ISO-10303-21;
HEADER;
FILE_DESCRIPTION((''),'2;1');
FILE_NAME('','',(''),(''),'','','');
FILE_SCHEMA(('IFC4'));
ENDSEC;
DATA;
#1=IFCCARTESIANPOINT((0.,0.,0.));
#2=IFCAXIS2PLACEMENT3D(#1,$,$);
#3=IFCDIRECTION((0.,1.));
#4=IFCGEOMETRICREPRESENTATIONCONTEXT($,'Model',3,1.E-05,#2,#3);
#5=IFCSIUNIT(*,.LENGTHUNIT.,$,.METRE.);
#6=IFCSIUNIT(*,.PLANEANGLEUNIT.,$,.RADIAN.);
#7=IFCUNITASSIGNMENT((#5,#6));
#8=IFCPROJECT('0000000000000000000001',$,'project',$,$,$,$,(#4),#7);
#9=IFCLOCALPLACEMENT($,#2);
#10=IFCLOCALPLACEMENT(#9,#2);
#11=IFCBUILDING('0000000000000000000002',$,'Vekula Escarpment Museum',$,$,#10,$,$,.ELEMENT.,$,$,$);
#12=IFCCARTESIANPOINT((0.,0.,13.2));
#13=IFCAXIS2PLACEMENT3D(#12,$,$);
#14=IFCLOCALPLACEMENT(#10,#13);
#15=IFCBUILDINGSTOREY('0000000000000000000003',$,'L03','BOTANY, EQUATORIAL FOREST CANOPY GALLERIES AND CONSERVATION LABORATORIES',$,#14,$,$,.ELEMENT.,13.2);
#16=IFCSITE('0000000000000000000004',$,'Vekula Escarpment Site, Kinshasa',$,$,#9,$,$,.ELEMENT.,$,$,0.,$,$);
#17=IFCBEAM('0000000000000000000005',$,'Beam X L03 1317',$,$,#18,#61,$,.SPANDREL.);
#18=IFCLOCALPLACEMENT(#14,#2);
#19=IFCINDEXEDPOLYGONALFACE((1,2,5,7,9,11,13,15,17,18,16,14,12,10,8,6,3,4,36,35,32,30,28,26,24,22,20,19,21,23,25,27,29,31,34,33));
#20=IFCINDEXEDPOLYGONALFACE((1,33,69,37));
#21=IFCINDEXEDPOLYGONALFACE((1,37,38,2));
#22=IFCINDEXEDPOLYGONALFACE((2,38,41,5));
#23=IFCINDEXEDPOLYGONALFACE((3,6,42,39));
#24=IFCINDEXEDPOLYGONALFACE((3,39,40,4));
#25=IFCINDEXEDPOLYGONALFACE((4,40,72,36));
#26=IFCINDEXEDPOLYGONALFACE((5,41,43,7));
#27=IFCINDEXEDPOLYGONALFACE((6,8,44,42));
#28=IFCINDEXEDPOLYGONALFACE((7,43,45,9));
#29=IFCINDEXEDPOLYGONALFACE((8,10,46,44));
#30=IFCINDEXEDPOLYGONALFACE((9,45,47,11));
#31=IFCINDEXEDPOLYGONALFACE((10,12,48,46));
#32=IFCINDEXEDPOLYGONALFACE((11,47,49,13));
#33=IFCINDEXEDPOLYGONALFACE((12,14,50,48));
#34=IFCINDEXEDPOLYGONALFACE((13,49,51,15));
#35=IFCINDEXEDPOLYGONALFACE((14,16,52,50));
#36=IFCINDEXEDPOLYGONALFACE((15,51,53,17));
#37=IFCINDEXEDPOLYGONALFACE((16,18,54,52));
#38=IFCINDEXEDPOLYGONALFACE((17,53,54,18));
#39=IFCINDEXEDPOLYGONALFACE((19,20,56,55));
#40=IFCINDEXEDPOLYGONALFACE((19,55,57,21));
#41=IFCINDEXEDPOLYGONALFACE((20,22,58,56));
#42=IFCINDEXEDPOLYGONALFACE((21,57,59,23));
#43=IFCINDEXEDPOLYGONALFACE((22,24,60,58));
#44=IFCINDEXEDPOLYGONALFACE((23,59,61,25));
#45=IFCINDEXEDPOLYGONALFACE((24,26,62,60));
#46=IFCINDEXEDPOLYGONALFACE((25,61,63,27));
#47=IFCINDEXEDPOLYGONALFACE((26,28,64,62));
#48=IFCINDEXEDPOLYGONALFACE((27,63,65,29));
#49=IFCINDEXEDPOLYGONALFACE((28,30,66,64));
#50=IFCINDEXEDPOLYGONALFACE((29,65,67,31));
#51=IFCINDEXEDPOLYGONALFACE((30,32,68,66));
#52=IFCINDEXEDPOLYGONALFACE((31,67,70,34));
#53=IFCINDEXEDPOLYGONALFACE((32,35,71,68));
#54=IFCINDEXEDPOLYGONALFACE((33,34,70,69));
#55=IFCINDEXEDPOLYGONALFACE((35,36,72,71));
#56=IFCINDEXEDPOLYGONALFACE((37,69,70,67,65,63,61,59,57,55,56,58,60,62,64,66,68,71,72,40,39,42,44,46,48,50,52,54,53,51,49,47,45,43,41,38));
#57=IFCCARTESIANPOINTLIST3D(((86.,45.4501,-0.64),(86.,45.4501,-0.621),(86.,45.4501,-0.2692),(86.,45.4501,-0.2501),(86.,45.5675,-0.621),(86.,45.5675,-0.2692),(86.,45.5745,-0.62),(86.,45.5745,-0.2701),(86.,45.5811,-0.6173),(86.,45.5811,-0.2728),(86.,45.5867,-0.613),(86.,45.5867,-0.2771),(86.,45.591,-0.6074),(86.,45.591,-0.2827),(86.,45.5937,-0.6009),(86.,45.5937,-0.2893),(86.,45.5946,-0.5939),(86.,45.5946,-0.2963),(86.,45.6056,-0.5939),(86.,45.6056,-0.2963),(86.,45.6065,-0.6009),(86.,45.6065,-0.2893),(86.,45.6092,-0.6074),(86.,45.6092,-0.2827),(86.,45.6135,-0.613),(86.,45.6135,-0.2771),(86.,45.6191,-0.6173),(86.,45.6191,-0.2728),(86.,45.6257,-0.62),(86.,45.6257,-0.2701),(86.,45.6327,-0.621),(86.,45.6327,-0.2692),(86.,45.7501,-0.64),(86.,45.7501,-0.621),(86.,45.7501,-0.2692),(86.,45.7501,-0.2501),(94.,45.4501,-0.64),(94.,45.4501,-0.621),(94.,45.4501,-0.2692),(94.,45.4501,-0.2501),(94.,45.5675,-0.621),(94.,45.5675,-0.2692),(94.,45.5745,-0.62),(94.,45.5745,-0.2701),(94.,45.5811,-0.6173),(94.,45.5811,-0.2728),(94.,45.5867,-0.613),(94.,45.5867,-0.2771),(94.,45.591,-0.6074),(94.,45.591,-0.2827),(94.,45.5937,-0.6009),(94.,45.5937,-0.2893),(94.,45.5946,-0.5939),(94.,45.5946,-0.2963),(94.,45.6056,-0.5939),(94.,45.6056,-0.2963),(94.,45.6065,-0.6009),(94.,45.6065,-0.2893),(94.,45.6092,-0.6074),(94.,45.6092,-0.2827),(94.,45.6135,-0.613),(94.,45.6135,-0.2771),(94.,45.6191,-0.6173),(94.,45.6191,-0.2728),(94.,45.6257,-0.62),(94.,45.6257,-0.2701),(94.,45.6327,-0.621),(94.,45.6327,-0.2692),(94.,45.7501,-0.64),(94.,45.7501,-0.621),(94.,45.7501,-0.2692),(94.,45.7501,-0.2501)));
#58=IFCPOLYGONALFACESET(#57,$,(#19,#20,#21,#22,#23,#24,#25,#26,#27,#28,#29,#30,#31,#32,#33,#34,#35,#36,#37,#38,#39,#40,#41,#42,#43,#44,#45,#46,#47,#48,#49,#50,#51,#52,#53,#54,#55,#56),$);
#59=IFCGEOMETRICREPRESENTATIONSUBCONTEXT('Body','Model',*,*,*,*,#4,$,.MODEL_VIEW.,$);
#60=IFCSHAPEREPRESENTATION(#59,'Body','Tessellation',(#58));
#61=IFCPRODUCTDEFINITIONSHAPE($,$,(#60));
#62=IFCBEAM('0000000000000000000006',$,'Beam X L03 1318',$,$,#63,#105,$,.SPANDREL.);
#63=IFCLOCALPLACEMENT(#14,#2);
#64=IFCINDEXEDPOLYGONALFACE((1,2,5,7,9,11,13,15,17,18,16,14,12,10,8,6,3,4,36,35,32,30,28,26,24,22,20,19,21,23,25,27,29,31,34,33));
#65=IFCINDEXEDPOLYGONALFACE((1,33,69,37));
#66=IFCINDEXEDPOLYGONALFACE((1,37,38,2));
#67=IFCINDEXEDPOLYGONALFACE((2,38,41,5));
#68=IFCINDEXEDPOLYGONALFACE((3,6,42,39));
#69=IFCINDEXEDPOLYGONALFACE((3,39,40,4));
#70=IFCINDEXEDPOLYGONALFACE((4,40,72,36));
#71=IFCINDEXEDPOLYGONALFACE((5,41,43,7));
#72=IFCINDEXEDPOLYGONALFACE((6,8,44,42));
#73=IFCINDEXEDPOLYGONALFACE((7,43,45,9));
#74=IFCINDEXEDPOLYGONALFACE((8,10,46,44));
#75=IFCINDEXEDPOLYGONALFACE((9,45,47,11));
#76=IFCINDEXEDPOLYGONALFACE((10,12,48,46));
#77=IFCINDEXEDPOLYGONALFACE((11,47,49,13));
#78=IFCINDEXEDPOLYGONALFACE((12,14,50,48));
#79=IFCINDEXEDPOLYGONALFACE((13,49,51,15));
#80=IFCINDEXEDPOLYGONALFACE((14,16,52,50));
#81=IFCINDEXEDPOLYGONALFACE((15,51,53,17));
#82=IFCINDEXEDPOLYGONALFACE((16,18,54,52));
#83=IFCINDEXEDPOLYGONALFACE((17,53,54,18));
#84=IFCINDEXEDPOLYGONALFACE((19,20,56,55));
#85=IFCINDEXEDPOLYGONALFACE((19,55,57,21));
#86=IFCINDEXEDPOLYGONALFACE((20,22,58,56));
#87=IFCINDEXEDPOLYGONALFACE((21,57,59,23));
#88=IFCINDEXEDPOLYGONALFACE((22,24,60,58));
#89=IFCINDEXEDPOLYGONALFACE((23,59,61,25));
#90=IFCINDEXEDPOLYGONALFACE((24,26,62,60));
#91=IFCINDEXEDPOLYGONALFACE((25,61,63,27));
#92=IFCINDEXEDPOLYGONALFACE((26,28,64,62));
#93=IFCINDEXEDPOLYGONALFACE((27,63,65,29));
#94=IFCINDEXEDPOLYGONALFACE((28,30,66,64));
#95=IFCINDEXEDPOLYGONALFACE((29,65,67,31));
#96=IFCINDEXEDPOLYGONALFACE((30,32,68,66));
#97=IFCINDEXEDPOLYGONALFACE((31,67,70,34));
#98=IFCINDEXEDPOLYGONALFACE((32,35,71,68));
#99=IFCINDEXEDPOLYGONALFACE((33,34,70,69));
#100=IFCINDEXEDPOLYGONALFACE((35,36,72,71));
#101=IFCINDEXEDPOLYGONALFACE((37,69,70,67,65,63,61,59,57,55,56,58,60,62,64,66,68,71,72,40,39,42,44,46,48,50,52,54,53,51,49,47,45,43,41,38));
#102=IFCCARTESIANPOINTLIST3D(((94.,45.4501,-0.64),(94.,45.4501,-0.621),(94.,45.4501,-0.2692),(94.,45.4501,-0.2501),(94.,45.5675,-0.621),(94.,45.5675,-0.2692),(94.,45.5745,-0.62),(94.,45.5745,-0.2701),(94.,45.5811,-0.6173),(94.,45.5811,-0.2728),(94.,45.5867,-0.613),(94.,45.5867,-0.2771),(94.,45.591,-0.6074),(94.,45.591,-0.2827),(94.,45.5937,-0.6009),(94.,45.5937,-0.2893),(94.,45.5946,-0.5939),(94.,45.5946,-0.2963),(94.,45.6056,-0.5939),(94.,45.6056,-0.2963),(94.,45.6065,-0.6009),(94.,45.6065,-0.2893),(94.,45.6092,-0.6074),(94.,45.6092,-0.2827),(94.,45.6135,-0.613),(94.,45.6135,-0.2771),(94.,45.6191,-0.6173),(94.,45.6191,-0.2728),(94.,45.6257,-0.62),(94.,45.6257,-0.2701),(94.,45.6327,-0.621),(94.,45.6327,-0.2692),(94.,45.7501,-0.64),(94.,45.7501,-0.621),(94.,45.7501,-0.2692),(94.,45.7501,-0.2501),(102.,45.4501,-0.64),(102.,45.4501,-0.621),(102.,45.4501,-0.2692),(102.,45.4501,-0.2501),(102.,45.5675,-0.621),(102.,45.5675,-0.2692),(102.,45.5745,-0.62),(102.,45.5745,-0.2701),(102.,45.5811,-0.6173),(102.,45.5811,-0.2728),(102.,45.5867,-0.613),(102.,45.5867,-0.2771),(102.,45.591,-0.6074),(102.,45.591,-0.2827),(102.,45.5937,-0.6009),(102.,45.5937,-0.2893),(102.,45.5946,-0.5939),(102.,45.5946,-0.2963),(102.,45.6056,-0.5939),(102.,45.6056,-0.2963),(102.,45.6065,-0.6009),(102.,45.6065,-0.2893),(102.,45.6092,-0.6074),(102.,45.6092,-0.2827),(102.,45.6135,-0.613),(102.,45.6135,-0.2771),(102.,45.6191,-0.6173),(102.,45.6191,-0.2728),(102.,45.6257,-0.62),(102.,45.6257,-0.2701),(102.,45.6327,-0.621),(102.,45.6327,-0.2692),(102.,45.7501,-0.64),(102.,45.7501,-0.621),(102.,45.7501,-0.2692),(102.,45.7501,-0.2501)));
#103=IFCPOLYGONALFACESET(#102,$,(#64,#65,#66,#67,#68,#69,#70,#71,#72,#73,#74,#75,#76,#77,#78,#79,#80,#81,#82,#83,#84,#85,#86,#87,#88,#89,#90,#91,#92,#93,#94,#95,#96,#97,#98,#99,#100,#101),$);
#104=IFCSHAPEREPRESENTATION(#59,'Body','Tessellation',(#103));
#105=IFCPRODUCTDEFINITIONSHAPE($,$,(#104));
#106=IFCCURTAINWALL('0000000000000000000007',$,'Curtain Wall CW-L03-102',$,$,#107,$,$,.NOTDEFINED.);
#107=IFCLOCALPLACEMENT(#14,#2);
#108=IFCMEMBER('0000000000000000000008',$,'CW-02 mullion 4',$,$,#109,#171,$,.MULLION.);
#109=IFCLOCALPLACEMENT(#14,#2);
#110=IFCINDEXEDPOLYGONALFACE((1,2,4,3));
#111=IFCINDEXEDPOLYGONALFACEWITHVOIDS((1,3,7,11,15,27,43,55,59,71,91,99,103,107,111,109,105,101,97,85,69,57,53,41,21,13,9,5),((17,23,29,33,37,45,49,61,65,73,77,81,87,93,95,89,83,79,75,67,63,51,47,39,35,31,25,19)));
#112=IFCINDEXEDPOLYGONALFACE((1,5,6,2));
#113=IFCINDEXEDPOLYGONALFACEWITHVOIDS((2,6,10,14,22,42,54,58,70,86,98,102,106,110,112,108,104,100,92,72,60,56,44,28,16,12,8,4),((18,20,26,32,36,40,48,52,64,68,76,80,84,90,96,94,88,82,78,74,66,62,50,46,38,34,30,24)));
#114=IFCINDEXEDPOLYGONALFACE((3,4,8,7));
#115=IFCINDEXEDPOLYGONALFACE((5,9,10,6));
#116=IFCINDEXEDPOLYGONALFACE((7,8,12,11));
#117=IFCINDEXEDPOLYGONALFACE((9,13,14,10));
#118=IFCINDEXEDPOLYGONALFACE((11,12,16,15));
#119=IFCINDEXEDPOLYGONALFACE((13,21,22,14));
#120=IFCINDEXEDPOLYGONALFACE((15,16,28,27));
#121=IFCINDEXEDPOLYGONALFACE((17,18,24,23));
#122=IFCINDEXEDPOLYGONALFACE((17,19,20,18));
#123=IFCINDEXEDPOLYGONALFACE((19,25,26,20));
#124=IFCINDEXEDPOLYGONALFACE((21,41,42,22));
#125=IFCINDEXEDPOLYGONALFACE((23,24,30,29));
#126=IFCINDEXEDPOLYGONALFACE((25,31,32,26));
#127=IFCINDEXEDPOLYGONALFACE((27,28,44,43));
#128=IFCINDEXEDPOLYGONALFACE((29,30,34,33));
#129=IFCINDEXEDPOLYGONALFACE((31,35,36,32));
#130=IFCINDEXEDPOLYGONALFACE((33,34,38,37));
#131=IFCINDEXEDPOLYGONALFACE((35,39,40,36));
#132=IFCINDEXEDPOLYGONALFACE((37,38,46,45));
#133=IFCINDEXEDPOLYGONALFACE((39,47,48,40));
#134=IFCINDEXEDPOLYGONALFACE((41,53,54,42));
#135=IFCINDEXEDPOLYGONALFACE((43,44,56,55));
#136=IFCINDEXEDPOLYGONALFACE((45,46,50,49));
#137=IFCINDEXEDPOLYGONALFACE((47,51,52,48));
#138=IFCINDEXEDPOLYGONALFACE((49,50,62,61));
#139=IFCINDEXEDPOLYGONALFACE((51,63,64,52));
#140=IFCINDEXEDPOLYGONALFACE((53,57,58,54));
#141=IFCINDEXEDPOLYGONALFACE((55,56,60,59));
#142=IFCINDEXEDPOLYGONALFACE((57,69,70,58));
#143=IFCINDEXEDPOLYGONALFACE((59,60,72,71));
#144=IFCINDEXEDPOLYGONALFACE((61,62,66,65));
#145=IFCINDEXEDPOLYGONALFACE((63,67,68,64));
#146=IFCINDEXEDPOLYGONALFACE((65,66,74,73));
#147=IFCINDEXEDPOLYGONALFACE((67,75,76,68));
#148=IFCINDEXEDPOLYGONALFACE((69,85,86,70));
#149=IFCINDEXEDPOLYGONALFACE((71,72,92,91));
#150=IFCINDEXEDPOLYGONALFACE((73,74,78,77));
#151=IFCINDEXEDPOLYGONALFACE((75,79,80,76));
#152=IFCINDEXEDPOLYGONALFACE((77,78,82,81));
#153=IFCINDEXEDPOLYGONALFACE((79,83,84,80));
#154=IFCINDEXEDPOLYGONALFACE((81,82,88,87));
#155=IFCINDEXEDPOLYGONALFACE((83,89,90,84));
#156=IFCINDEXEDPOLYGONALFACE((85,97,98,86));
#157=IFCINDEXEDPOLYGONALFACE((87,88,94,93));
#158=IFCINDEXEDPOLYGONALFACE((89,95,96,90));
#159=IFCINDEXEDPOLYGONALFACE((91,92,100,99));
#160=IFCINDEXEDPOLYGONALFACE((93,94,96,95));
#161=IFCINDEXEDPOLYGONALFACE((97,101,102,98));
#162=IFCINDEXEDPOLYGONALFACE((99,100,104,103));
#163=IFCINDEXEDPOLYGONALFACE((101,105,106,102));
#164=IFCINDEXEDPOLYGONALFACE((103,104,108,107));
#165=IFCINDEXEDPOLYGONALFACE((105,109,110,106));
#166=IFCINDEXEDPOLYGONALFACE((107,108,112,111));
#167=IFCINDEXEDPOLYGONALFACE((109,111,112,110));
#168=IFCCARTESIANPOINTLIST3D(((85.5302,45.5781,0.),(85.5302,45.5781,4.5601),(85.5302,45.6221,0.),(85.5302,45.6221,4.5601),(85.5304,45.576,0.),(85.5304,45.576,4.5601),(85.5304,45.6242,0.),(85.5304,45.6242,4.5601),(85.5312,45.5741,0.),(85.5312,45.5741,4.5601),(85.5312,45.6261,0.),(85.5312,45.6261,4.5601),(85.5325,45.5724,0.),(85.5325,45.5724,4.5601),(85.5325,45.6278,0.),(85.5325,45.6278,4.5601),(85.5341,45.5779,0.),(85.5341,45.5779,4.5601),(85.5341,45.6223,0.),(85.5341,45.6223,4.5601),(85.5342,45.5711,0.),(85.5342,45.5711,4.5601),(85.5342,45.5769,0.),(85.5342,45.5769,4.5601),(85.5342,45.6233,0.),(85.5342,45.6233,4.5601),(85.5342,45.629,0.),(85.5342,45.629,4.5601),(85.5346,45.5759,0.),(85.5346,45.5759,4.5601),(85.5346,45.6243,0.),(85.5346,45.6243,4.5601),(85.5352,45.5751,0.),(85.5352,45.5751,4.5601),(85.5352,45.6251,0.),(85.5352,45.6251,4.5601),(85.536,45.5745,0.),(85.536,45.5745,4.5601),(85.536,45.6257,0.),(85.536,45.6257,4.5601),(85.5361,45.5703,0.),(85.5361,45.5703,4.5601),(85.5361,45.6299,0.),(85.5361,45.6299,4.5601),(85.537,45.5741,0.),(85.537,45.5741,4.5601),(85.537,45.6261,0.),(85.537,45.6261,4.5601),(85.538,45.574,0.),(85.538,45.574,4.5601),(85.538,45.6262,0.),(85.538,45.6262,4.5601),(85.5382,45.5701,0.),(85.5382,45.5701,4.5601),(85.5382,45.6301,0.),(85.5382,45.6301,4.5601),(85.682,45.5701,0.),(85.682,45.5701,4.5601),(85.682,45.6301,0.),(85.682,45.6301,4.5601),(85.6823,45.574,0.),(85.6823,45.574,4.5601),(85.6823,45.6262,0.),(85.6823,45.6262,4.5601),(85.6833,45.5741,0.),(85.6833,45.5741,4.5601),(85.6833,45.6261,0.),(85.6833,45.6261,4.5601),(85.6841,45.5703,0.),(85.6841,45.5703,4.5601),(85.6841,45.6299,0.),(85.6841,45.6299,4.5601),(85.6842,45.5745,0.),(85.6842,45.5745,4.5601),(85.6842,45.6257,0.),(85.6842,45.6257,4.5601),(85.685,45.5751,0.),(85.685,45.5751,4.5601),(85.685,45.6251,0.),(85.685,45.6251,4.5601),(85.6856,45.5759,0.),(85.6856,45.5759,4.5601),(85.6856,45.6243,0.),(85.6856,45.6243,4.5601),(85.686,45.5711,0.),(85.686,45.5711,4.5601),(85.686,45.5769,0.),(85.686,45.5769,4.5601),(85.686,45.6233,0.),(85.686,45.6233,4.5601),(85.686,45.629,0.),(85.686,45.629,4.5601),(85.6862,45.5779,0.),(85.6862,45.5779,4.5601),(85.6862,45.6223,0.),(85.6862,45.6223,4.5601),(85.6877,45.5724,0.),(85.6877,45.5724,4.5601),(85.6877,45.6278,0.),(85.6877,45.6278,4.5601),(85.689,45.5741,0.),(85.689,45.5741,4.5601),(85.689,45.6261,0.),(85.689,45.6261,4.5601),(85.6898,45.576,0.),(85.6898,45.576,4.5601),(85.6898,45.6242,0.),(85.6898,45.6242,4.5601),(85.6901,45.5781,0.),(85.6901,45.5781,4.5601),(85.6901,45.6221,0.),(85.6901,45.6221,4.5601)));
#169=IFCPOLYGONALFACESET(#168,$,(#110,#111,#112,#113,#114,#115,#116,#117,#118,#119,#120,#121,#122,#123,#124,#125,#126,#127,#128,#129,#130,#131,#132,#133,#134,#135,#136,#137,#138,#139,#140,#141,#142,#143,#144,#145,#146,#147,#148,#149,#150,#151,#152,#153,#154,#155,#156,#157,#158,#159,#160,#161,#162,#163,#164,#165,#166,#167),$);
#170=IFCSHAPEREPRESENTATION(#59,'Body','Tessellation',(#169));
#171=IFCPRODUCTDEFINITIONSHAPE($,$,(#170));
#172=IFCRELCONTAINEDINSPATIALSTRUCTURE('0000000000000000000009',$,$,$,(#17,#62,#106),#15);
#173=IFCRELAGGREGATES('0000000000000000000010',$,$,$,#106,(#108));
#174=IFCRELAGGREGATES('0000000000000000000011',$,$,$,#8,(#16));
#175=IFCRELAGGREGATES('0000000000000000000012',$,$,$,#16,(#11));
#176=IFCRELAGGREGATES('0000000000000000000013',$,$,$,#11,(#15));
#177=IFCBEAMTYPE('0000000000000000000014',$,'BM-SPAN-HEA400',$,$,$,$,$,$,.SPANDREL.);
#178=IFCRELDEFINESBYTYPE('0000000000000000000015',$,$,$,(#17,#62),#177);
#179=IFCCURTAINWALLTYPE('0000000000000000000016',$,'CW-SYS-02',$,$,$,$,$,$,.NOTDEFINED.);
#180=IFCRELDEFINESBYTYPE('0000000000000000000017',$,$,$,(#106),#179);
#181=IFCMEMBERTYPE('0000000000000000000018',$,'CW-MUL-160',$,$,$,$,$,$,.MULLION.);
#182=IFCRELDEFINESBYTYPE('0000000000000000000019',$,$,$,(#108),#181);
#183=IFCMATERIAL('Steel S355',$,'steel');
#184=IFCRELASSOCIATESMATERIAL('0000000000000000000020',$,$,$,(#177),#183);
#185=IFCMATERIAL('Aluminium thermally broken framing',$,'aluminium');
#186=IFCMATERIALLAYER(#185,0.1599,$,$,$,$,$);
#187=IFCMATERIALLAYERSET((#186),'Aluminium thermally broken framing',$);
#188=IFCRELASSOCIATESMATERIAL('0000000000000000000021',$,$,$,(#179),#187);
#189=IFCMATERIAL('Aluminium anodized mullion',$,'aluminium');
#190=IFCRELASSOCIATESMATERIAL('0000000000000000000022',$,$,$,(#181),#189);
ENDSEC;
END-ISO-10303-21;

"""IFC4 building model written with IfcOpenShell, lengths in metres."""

from ifc_helpers import new_model, si_unit, direction, frame, origin, origin_2d, place, context, subcontext, project, spatial, hollow_rectangle, i_section, extrude, material, layer, layer_set, material_profile, profile_set, type_object, element, aggregate, save


model = new_model("IFC4")

# Units and contexts
model_context = context("Model", 3, precision=1e-05, world=origin(), true_north=direction((0.0, 1.0)))
body_context = subcontext(model_context, "Body", "Model", "MODEL_VIEW")
ifc_project = project(units=[si_unit("LENGTHUNIT", "METRE"), si_unit("PLANEANGLEUNIT", "RADIAN")], contexts=[model_context])

# Site, building, storey
site_placement = place(None, origin())
site = spatial("IfcSite", under=ifc_project, at=site_placement, Name="Vekula Escarpment Site, Kinshasa", CompositionType="ELEMENT", RefElevation=0.0)
building_placement = place(site_placement, origin())
building = spatial("IfcBuilding", under=site, at=building_placement, Name="Vekula Escarpment Museum", CompositionType="ELEMENT")
storey_placement = place(building_placement, frame((0.0, 0.0, 13.2)))
storey = spatial("IfcBuildingStorey", under=building, at=storey_placement, Name="L03", Description="BOTANY, EQUATORIAL FOREST CANOPY GALLERIES AND CONSERVATION LABORATORIES", CompositionType="ELEMENT", Elevation=13.2)

# Beams
ifc_material_1 = material(Name="Steel S355", Category="steel")
ifc_material_profile_1 = material_profile(ifc_material_1, i_section(OverallWidth=0.3, OverallDepth=0.3899, WebThickness=0.011, FlangeThickness=0.019, FilletRadius=0.0271, at=origin_2d()), Name="HEA 400")
ifc_profile_set_1 = profile_set([ifc_material_profile_1], Name="Steel S355")
beam_type_1 = type_object("IfcBeamType", Name="BM-SPAN-HEA400", PredefinedType="SPANDREL", material=ifc_profile_set_1)
for number, where, z_axis, x_axis, name in (
    (1, (86.0, 45.6001, -0.4451), (1.0, 0.0, 0.0), (0.0, 1.0, 0.0), "Beam X L03 1317"),
    (2, (94.0, 45.6001, -0.4451), (1.0, 0.0, 0.0), (0.0, 1.0, 0.0), "Beam X L03 1318"),
):
    element("IfcBeam", number, at=place(storey_placement, frame(where, z_axis=z_axis, x_axis=x_axis)), inside=storey, type_object=beam_type_1, Name=name, PredefinedType="SPANDREL", context=body_context, shape_type="SweptSolid", body=[
        extrude(i_section(OverallWidth=0.3, OverallDepth=0.3899, WebThickness=0.011, FlangeThickness=0.019, FilletRadius=0.0271, at=origin_2d()), origin(), (0.0, 0.0, 1.0), 8.0),
    ])

# Curtain wall, member
ifc_material_2 = material(Name="Aluminium thermally broken framing", Category="aluminium")
ifc_layer_1 = layer(ifc_material_2, 0.1599)
ifc_layer_set_1 = layer_set([ifc_layer_1], Name="Aluminium thermally broken framing")
curtain_wall_type_1 = type_object("IfcCurtainWallType", Name="CW-SYS-02", PredefinedType="NOTDEFINED", material=ifc_layer_set_1)
curtain_wall_1_placement = place(storey_placement, origin())
curtain_wall_1 = element("IfcCurtainWall", 3, at=curtain_wall_1_placement, inside=storey, type_object=curtain_wall_type_1, Name="Curtain Wall CW-L03-102", PredefinedType="NOTDEFINED")
ifc_material_3 = material(Name="Aluminium anodized mullion", Category="aluminium")
ifc_material_profile_2 = material_profile(ifc_material_3, hollow_rectangle(XDim=0.0601, YDim=0.1599, WallThickness=0.0039, InnerFilletRadius=0.0039, OuterFilletRadius=0.0081, at=origin_2d()), Name="ALU 160x60x4")
ifc_profile_set_2 = profile_set([ifc_material_profile_2], Name="Aluminium anodized mullion")
member_type_1 = type_object("IfcMemberType", Name="CW-MUL-160", PredefinedType="MULLION", material=ifc_profile_set_2)
member_1_placement = place(storey_placement, frame((85.6101, 45.6001, 0.0), z_axis=(0.0, 0.0, 1.0), x_axis=(0.0, 1.0, 0.0)))
member_1 = element("IfcMember", 4, at=member_1_placement, type_object=member_type_1, Name="CW-02 mullion 4", PredefinedType="MULLION", context=body_context, shape_type="SweptSolid", body=[
    extrude(hollow_rectangle(XDim=0.0601, YDim=0.1599, WallThickness=0.0039, InnerFilletRadius=0.0039, OuterFilletRadius=0.0081, at=origin_2d()), origin(), (0.0, 0.0, 1.0), 4.5601),
])

aggregate(curtain_wall_1, [member_1])

save(model, "model.ifc")
